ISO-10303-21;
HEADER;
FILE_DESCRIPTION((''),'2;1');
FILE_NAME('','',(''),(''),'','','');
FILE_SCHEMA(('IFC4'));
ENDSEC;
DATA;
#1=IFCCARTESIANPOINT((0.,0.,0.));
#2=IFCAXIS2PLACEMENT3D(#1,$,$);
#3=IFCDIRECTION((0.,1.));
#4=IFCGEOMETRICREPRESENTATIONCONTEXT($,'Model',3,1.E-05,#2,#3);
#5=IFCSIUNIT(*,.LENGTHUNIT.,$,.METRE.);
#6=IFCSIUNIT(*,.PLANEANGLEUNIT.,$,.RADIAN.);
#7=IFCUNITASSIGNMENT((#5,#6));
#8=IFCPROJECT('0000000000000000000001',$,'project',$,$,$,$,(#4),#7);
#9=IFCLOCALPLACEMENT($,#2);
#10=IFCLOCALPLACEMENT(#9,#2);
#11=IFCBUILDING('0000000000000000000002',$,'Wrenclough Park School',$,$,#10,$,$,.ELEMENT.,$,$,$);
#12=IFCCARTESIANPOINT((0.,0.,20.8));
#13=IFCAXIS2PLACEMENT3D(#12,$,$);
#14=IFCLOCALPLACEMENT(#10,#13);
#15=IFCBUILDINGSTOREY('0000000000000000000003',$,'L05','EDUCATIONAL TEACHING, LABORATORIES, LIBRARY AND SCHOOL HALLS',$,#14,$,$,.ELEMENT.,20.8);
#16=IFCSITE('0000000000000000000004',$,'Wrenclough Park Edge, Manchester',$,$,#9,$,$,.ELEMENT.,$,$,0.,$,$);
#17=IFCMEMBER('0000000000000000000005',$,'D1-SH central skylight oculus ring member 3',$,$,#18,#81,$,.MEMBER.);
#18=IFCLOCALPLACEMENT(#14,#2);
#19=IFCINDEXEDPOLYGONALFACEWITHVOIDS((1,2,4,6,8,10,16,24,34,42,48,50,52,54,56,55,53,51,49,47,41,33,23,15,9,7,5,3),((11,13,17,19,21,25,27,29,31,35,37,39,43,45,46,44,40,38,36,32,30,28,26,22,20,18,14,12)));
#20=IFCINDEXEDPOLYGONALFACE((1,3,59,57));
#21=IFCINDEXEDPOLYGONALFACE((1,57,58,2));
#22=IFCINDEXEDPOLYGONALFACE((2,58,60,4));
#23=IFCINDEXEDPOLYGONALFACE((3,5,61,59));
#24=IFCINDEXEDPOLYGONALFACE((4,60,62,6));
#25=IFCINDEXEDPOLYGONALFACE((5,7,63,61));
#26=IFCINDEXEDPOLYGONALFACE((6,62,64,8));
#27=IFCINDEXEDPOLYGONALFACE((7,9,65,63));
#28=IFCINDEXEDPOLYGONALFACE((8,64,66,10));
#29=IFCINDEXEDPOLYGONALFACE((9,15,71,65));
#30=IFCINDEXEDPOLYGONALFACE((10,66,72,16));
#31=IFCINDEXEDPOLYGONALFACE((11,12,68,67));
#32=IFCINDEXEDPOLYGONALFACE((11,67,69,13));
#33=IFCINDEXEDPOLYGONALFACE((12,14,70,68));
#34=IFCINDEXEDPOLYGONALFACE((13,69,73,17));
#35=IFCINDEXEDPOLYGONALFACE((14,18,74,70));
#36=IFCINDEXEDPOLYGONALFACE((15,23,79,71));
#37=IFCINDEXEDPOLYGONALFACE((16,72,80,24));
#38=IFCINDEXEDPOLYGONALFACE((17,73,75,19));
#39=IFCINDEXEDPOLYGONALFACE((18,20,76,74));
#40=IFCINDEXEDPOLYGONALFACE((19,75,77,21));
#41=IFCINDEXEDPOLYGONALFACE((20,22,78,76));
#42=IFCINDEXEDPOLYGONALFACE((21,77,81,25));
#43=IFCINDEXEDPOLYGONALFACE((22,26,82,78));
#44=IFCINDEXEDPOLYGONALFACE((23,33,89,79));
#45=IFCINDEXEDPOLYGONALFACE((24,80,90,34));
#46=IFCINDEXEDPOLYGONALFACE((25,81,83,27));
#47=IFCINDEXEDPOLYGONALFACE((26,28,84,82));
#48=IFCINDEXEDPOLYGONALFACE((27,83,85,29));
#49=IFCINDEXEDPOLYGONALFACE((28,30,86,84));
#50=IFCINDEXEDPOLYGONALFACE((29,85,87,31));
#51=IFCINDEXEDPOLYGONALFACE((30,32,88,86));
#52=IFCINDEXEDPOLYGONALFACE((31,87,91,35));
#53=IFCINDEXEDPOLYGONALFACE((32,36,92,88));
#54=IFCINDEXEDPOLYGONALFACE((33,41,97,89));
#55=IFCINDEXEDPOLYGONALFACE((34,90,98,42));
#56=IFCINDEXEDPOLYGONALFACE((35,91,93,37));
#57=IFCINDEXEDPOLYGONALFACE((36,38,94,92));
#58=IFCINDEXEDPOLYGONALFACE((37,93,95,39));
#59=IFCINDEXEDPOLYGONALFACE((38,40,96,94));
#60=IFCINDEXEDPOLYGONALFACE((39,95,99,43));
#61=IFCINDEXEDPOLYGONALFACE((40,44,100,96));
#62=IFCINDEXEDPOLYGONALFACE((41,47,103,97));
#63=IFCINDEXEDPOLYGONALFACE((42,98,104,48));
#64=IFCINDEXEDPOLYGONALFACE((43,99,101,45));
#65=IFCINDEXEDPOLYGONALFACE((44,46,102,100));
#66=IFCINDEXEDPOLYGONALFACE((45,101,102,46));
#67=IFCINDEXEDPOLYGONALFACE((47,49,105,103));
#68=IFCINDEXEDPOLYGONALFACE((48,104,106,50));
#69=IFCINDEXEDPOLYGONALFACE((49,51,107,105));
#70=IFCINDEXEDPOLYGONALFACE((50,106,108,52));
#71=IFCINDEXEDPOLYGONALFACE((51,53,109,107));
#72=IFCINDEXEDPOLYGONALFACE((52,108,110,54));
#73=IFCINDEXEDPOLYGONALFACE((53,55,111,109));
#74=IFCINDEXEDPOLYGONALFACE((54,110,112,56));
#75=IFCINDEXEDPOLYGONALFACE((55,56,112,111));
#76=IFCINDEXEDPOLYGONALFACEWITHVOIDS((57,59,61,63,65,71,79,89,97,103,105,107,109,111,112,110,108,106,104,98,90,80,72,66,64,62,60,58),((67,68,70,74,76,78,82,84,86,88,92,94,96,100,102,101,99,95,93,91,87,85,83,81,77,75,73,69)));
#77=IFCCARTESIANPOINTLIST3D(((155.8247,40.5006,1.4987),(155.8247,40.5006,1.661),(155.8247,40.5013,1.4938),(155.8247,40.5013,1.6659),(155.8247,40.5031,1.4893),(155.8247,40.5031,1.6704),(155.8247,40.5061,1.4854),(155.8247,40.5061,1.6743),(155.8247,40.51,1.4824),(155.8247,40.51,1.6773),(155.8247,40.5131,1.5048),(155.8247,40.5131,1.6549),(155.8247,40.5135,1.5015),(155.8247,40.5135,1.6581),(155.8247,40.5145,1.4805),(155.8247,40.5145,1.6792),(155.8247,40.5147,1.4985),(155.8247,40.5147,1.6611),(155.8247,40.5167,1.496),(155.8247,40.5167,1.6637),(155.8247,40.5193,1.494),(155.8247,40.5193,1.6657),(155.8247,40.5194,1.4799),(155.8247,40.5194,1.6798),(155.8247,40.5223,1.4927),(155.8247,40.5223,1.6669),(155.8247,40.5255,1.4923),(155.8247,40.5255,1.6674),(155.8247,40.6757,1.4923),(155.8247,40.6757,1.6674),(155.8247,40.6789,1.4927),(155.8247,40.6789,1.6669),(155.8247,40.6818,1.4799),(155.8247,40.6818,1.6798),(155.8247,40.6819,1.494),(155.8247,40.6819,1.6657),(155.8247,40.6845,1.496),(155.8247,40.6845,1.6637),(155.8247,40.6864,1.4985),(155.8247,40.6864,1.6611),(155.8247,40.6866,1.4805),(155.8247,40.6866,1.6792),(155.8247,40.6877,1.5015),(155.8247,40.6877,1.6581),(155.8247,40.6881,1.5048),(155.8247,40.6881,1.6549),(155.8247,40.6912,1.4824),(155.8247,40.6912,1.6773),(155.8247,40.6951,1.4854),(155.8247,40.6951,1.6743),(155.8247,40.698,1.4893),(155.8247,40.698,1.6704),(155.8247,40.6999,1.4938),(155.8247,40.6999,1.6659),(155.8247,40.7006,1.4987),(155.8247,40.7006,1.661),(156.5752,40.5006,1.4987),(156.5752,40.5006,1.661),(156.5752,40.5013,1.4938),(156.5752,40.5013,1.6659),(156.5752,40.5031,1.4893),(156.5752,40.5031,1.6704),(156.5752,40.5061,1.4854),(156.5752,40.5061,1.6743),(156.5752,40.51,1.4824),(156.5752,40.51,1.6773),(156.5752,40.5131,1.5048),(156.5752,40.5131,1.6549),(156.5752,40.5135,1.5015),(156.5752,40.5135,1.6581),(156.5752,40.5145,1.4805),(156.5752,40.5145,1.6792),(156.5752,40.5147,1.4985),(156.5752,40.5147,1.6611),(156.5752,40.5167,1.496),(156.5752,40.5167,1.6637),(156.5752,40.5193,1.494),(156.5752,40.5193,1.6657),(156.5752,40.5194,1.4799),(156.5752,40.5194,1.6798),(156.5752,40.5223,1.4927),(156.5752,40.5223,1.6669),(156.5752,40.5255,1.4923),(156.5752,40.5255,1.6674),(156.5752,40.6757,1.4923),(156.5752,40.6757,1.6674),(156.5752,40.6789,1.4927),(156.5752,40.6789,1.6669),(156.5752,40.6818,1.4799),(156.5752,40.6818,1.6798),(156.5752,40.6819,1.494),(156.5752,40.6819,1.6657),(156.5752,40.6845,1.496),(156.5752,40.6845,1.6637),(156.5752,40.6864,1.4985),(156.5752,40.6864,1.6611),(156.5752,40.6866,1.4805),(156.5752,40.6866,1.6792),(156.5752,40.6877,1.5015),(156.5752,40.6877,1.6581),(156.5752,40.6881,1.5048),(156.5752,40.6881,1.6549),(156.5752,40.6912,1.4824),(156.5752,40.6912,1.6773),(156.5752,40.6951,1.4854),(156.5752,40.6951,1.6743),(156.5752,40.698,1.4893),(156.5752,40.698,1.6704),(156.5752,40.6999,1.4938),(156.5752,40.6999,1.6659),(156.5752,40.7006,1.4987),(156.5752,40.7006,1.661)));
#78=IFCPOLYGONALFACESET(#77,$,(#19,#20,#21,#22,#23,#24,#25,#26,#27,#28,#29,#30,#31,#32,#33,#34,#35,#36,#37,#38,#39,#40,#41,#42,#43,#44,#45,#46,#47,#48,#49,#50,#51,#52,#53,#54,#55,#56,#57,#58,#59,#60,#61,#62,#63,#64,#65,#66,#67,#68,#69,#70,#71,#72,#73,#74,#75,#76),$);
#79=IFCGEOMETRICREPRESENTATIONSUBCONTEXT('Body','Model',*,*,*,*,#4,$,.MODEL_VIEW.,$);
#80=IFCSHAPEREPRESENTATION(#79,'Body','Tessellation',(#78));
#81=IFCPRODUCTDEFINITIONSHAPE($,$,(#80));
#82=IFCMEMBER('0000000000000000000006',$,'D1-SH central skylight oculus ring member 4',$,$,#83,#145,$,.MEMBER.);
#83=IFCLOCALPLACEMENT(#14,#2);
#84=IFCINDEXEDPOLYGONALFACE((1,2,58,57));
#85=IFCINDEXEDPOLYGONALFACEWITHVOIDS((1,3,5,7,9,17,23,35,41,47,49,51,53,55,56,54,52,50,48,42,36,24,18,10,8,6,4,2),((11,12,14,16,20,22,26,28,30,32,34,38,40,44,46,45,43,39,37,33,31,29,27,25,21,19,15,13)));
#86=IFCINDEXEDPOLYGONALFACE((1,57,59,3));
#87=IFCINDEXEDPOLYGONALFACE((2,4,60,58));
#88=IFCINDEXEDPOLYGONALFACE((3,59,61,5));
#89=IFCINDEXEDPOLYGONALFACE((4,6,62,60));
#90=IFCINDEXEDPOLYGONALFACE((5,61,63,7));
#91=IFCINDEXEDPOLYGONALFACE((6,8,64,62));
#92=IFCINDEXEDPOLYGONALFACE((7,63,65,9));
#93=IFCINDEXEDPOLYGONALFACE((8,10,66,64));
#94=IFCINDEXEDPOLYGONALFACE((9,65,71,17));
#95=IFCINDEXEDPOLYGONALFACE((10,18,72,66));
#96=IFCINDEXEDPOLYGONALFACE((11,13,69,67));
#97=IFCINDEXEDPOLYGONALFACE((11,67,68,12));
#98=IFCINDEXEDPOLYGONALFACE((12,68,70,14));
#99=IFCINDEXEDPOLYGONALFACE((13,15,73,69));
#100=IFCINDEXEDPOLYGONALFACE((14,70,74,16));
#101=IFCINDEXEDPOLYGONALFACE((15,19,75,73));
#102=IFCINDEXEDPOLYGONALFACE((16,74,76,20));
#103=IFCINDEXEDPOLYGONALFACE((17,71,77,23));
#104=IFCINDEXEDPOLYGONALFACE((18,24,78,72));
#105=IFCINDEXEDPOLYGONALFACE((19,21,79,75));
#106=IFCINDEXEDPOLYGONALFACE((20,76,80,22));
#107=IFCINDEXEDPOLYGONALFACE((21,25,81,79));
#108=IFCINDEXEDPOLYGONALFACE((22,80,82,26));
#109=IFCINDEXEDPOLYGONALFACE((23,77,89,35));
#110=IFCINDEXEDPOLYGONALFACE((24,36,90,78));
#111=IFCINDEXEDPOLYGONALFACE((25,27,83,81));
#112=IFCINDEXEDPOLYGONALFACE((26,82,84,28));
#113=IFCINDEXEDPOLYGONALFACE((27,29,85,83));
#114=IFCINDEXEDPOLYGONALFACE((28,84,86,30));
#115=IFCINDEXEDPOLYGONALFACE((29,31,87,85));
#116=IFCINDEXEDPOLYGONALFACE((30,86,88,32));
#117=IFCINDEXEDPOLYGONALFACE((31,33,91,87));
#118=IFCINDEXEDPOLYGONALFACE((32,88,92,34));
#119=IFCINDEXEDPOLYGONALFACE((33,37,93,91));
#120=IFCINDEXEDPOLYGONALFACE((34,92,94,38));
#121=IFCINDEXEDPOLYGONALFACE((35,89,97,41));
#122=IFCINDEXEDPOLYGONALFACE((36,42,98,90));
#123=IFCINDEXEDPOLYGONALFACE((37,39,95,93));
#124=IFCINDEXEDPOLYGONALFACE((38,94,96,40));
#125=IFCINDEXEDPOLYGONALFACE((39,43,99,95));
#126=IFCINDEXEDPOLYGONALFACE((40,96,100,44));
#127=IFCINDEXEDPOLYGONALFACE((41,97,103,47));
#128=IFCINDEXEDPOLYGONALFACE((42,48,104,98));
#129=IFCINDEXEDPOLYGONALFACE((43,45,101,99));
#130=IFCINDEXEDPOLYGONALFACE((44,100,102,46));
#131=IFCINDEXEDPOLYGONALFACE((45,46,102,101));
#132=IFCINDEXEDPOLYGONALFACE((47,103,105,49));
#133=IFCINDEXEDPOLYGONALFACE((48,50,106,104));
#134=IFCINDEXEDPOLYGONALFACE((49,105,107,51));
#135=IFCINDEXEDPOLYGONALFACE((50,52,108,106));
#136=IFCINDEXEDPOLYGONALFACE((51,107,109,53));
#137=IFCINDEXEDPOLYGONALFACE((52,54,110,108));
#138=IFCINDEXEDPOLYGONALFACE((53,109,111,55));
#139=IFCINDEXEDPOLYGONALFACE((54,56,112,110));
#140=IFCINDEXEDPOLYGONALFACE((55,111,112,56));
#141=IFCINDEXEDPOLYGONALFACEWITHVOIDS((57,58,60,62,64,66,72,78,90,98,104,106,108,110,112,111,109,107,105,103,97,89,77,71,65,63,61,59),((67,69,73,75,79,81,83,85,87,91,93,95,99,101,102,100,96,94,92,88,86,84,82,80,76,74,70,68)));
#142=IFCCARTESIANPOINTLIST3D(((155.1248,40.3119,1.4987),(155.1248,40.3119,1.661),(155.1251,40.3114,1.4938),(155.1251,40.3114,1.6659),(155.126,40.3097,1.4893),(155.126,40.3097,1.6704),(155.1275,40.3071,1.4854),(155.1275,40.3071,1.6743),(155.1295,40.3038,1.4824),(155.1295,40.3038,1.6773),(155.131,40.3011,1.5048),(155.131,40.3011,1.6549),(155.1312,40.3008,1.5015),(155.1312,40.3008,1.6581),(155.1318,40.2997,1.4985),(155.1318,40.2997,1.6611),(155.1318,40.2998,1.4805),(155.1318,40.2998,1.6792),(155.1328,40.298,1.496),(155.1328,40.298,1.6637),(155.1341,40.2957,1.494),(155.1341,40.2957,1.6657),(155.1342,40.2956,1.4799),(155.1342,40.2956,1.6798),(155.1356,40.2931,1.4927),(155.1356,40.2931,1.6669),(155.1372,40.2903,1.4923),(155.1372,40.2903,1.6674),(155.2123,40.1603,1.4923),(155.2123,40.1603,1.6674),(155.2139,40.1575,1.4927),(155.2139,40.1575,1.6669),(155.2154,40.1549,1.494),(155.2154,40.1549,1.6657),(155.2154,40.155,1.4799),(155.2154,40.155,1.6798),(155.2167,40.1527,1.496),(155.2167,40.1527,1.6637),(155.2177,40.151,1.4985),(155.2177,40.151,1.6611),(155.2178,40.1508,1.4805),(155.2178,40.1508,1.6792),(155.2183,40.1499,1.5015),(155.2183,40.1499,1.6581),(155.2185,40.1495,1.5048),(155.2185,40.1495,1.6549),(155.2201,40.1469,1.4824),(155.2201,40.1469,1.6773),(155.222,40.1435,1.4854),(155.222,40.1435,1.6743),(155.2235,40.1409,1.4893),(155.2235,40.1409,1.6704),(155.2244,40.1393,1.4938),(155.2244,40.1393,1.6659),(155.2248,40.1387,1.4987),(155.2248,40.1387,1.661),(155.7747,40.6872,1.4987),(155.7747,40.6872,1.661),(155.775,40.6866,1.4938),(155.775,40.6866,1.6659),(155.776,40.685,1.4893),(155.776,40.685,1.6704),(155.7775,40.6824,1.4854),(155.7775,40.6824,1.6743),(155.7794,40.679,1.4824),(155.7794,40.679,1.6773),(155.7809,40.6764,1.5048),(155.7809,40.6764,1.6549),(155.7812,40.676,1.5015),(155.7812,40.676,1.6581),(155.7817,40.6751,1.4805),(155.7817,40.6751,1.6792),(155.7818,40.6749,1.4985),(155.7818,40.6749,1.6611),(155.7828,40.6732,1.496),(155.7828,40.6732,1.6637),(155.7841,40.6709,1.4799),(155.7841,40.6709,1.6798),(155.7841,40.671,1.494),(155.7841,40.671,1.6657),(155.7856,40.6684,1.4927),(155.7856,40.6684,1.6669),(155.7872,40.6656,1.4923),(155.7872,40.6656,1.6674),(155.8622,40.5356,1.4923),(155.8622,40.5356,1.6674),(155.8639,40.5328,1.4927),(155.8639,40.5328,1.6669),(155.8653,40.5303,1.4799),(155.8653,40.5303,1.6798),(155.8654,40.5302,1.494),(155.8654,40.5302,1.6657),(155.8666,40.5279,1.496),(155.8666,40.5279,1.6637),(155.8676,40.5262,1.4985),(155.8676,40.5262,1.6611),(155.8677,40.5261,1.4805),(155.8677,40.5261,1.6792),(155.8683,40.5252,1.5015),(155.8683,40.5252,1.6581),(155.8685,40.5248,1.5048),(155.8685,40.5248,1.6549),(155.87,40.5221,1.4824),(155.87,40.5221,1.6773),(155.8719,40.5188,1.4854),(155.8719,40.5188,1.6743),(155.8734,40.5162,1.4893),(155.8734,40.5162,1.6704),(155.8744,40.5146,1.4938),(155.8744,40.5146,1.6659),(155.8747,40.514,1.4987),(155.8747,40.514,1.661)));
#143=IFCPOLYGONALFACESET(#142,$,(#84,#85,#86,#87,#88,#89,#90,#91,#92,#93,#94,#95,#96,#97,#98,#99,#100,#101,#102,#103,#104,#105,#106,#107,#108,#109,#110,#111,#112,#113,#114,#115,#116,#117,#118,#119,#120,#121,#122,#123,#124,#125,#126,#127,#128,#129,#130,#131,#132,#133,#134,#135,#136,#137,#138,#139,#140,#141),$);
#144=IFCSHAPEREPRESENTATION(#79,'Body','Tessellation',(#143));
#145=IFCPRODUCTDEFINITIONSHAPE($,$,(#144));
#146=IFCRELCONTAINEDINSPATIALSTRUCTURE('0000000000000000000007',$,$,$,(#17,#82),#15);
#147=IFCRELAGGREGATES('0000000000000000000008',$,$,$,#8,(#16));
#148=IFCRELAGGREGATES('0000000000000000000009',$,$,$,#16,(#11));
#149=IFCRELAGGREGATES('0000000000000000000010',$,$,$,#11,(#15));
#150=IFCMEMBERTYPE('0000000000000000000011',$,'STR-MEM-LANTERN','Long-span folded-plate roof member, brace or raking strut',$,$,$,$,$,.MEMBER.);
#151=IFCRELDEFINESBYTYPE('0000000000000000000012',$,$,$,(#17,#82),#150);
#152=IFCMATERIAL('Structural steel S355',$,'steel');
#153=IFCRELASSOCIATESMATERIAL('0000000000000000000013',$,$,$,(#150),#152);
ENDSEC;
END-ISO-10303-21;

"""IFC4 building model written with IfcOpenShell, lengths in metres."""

from ifc_helpers import new_model, si_unit, direction, frame, origin, origin_2d, place, context, subcontext, project, spatial, hollow_rectangle, extrude, material, material_profile, profile_set, type_object, element, save


model = new_model("IFC4")

# Units and contexts
model_context = context("Model", 3, precision=1e-05, world=origin(), true_north=direction((0.0, 1.0)))
body_context = subcontext(model_context, "Body", "Model", "MODEL_VIEW")
ifc_project = project(units=[si_unit("LENGTHUNIT", "METRE"), si_unit("PLANEANGLEUNIT", "RADIAN")], contexts=[model_context])

# Site, building, storey
site_placement = place(None, origin())
site = spatial("IfcSite", under=ifc_project, at=site_placement, Name="Wrenclough Park Edge, Manchester", CompositionType="ELEMENT", RefElevation=0.0)
building_placement = place(site_placement, origin())
building = spatial("IfcBuilding", under=site, at=building_placement, Name="Wrenclough Park School", CompositionType="ELEMENT")
storey_placement = place(building_placement, frame((0.0, 0.0, 20.8)))
storey = spatial("IfcBuildingStorey", under=building, at=storey_placement, Name="L05", Description="EDUCATIONAL TEACHING, LABORATORIES, LIBRARY AND SCHOOL HALLS", CompositionType="ELEMENT", Elevation=20.8)

# Shared definitions
ifc_material_1 = material(Name="Structural steel S355", Category="steel")

# Members
ifc_material_profile_1 = material_profile(ifc_material_1, hollow_rectangle(XDim=0.2, YDim=0.2, WallThickness=0.0125, InnerFilletRadius=0.0125, OuterFilletRadius=0.0188, at=origin_2d()), Name="SHS 200x200x12.5")
ifc_profile_set_1 = profile_set([ifc_material_profile_1], Name="Structural steel S355")
member_type_1 = type_object("IfcMemberType", Name="STR-MEM-LANTERN", Description="Long-span folded-plate roof member, brace or raking strut", PredefinedType="MEMBER", material=ifc_profile_set_1)
for number, where, z_axis, x_axis, name in (
    (1, (156.5752, 40.6006, 1.5798), (-1.0, 0.0, 0.0), (0.0, -1.0, 0.0), "D1-SH central skylight oculus ring member 3"),
    (2, (155.8247, 40.6006, 1.5798), (-0.866012, -0.500023, 0.0), (0.500023, -0.866012, 0.0), "D1-SH central skylight oculus ring member 4"),
):
    element("IfcMember", number, at=place(storey_placement, frame(where, z_axis=z_axis, x_axis=x_axis)), inside=storey, type_object=member_type_1, Name=name, PredefinedType="MEMBER", context=body_context, shape_type="SweptSolid", body=[
        extrude(hollow_rectangle(XDim=0.2, YDim=0.2, WallThickness=0.0125, InnerFilletRadius=0.0125, OuterFilletRadius=0.0188, at=origin_2d()), origin(), (0.0, 0.0, 1.0), 0.7505),
    ])

save(model, "model.ifc")
